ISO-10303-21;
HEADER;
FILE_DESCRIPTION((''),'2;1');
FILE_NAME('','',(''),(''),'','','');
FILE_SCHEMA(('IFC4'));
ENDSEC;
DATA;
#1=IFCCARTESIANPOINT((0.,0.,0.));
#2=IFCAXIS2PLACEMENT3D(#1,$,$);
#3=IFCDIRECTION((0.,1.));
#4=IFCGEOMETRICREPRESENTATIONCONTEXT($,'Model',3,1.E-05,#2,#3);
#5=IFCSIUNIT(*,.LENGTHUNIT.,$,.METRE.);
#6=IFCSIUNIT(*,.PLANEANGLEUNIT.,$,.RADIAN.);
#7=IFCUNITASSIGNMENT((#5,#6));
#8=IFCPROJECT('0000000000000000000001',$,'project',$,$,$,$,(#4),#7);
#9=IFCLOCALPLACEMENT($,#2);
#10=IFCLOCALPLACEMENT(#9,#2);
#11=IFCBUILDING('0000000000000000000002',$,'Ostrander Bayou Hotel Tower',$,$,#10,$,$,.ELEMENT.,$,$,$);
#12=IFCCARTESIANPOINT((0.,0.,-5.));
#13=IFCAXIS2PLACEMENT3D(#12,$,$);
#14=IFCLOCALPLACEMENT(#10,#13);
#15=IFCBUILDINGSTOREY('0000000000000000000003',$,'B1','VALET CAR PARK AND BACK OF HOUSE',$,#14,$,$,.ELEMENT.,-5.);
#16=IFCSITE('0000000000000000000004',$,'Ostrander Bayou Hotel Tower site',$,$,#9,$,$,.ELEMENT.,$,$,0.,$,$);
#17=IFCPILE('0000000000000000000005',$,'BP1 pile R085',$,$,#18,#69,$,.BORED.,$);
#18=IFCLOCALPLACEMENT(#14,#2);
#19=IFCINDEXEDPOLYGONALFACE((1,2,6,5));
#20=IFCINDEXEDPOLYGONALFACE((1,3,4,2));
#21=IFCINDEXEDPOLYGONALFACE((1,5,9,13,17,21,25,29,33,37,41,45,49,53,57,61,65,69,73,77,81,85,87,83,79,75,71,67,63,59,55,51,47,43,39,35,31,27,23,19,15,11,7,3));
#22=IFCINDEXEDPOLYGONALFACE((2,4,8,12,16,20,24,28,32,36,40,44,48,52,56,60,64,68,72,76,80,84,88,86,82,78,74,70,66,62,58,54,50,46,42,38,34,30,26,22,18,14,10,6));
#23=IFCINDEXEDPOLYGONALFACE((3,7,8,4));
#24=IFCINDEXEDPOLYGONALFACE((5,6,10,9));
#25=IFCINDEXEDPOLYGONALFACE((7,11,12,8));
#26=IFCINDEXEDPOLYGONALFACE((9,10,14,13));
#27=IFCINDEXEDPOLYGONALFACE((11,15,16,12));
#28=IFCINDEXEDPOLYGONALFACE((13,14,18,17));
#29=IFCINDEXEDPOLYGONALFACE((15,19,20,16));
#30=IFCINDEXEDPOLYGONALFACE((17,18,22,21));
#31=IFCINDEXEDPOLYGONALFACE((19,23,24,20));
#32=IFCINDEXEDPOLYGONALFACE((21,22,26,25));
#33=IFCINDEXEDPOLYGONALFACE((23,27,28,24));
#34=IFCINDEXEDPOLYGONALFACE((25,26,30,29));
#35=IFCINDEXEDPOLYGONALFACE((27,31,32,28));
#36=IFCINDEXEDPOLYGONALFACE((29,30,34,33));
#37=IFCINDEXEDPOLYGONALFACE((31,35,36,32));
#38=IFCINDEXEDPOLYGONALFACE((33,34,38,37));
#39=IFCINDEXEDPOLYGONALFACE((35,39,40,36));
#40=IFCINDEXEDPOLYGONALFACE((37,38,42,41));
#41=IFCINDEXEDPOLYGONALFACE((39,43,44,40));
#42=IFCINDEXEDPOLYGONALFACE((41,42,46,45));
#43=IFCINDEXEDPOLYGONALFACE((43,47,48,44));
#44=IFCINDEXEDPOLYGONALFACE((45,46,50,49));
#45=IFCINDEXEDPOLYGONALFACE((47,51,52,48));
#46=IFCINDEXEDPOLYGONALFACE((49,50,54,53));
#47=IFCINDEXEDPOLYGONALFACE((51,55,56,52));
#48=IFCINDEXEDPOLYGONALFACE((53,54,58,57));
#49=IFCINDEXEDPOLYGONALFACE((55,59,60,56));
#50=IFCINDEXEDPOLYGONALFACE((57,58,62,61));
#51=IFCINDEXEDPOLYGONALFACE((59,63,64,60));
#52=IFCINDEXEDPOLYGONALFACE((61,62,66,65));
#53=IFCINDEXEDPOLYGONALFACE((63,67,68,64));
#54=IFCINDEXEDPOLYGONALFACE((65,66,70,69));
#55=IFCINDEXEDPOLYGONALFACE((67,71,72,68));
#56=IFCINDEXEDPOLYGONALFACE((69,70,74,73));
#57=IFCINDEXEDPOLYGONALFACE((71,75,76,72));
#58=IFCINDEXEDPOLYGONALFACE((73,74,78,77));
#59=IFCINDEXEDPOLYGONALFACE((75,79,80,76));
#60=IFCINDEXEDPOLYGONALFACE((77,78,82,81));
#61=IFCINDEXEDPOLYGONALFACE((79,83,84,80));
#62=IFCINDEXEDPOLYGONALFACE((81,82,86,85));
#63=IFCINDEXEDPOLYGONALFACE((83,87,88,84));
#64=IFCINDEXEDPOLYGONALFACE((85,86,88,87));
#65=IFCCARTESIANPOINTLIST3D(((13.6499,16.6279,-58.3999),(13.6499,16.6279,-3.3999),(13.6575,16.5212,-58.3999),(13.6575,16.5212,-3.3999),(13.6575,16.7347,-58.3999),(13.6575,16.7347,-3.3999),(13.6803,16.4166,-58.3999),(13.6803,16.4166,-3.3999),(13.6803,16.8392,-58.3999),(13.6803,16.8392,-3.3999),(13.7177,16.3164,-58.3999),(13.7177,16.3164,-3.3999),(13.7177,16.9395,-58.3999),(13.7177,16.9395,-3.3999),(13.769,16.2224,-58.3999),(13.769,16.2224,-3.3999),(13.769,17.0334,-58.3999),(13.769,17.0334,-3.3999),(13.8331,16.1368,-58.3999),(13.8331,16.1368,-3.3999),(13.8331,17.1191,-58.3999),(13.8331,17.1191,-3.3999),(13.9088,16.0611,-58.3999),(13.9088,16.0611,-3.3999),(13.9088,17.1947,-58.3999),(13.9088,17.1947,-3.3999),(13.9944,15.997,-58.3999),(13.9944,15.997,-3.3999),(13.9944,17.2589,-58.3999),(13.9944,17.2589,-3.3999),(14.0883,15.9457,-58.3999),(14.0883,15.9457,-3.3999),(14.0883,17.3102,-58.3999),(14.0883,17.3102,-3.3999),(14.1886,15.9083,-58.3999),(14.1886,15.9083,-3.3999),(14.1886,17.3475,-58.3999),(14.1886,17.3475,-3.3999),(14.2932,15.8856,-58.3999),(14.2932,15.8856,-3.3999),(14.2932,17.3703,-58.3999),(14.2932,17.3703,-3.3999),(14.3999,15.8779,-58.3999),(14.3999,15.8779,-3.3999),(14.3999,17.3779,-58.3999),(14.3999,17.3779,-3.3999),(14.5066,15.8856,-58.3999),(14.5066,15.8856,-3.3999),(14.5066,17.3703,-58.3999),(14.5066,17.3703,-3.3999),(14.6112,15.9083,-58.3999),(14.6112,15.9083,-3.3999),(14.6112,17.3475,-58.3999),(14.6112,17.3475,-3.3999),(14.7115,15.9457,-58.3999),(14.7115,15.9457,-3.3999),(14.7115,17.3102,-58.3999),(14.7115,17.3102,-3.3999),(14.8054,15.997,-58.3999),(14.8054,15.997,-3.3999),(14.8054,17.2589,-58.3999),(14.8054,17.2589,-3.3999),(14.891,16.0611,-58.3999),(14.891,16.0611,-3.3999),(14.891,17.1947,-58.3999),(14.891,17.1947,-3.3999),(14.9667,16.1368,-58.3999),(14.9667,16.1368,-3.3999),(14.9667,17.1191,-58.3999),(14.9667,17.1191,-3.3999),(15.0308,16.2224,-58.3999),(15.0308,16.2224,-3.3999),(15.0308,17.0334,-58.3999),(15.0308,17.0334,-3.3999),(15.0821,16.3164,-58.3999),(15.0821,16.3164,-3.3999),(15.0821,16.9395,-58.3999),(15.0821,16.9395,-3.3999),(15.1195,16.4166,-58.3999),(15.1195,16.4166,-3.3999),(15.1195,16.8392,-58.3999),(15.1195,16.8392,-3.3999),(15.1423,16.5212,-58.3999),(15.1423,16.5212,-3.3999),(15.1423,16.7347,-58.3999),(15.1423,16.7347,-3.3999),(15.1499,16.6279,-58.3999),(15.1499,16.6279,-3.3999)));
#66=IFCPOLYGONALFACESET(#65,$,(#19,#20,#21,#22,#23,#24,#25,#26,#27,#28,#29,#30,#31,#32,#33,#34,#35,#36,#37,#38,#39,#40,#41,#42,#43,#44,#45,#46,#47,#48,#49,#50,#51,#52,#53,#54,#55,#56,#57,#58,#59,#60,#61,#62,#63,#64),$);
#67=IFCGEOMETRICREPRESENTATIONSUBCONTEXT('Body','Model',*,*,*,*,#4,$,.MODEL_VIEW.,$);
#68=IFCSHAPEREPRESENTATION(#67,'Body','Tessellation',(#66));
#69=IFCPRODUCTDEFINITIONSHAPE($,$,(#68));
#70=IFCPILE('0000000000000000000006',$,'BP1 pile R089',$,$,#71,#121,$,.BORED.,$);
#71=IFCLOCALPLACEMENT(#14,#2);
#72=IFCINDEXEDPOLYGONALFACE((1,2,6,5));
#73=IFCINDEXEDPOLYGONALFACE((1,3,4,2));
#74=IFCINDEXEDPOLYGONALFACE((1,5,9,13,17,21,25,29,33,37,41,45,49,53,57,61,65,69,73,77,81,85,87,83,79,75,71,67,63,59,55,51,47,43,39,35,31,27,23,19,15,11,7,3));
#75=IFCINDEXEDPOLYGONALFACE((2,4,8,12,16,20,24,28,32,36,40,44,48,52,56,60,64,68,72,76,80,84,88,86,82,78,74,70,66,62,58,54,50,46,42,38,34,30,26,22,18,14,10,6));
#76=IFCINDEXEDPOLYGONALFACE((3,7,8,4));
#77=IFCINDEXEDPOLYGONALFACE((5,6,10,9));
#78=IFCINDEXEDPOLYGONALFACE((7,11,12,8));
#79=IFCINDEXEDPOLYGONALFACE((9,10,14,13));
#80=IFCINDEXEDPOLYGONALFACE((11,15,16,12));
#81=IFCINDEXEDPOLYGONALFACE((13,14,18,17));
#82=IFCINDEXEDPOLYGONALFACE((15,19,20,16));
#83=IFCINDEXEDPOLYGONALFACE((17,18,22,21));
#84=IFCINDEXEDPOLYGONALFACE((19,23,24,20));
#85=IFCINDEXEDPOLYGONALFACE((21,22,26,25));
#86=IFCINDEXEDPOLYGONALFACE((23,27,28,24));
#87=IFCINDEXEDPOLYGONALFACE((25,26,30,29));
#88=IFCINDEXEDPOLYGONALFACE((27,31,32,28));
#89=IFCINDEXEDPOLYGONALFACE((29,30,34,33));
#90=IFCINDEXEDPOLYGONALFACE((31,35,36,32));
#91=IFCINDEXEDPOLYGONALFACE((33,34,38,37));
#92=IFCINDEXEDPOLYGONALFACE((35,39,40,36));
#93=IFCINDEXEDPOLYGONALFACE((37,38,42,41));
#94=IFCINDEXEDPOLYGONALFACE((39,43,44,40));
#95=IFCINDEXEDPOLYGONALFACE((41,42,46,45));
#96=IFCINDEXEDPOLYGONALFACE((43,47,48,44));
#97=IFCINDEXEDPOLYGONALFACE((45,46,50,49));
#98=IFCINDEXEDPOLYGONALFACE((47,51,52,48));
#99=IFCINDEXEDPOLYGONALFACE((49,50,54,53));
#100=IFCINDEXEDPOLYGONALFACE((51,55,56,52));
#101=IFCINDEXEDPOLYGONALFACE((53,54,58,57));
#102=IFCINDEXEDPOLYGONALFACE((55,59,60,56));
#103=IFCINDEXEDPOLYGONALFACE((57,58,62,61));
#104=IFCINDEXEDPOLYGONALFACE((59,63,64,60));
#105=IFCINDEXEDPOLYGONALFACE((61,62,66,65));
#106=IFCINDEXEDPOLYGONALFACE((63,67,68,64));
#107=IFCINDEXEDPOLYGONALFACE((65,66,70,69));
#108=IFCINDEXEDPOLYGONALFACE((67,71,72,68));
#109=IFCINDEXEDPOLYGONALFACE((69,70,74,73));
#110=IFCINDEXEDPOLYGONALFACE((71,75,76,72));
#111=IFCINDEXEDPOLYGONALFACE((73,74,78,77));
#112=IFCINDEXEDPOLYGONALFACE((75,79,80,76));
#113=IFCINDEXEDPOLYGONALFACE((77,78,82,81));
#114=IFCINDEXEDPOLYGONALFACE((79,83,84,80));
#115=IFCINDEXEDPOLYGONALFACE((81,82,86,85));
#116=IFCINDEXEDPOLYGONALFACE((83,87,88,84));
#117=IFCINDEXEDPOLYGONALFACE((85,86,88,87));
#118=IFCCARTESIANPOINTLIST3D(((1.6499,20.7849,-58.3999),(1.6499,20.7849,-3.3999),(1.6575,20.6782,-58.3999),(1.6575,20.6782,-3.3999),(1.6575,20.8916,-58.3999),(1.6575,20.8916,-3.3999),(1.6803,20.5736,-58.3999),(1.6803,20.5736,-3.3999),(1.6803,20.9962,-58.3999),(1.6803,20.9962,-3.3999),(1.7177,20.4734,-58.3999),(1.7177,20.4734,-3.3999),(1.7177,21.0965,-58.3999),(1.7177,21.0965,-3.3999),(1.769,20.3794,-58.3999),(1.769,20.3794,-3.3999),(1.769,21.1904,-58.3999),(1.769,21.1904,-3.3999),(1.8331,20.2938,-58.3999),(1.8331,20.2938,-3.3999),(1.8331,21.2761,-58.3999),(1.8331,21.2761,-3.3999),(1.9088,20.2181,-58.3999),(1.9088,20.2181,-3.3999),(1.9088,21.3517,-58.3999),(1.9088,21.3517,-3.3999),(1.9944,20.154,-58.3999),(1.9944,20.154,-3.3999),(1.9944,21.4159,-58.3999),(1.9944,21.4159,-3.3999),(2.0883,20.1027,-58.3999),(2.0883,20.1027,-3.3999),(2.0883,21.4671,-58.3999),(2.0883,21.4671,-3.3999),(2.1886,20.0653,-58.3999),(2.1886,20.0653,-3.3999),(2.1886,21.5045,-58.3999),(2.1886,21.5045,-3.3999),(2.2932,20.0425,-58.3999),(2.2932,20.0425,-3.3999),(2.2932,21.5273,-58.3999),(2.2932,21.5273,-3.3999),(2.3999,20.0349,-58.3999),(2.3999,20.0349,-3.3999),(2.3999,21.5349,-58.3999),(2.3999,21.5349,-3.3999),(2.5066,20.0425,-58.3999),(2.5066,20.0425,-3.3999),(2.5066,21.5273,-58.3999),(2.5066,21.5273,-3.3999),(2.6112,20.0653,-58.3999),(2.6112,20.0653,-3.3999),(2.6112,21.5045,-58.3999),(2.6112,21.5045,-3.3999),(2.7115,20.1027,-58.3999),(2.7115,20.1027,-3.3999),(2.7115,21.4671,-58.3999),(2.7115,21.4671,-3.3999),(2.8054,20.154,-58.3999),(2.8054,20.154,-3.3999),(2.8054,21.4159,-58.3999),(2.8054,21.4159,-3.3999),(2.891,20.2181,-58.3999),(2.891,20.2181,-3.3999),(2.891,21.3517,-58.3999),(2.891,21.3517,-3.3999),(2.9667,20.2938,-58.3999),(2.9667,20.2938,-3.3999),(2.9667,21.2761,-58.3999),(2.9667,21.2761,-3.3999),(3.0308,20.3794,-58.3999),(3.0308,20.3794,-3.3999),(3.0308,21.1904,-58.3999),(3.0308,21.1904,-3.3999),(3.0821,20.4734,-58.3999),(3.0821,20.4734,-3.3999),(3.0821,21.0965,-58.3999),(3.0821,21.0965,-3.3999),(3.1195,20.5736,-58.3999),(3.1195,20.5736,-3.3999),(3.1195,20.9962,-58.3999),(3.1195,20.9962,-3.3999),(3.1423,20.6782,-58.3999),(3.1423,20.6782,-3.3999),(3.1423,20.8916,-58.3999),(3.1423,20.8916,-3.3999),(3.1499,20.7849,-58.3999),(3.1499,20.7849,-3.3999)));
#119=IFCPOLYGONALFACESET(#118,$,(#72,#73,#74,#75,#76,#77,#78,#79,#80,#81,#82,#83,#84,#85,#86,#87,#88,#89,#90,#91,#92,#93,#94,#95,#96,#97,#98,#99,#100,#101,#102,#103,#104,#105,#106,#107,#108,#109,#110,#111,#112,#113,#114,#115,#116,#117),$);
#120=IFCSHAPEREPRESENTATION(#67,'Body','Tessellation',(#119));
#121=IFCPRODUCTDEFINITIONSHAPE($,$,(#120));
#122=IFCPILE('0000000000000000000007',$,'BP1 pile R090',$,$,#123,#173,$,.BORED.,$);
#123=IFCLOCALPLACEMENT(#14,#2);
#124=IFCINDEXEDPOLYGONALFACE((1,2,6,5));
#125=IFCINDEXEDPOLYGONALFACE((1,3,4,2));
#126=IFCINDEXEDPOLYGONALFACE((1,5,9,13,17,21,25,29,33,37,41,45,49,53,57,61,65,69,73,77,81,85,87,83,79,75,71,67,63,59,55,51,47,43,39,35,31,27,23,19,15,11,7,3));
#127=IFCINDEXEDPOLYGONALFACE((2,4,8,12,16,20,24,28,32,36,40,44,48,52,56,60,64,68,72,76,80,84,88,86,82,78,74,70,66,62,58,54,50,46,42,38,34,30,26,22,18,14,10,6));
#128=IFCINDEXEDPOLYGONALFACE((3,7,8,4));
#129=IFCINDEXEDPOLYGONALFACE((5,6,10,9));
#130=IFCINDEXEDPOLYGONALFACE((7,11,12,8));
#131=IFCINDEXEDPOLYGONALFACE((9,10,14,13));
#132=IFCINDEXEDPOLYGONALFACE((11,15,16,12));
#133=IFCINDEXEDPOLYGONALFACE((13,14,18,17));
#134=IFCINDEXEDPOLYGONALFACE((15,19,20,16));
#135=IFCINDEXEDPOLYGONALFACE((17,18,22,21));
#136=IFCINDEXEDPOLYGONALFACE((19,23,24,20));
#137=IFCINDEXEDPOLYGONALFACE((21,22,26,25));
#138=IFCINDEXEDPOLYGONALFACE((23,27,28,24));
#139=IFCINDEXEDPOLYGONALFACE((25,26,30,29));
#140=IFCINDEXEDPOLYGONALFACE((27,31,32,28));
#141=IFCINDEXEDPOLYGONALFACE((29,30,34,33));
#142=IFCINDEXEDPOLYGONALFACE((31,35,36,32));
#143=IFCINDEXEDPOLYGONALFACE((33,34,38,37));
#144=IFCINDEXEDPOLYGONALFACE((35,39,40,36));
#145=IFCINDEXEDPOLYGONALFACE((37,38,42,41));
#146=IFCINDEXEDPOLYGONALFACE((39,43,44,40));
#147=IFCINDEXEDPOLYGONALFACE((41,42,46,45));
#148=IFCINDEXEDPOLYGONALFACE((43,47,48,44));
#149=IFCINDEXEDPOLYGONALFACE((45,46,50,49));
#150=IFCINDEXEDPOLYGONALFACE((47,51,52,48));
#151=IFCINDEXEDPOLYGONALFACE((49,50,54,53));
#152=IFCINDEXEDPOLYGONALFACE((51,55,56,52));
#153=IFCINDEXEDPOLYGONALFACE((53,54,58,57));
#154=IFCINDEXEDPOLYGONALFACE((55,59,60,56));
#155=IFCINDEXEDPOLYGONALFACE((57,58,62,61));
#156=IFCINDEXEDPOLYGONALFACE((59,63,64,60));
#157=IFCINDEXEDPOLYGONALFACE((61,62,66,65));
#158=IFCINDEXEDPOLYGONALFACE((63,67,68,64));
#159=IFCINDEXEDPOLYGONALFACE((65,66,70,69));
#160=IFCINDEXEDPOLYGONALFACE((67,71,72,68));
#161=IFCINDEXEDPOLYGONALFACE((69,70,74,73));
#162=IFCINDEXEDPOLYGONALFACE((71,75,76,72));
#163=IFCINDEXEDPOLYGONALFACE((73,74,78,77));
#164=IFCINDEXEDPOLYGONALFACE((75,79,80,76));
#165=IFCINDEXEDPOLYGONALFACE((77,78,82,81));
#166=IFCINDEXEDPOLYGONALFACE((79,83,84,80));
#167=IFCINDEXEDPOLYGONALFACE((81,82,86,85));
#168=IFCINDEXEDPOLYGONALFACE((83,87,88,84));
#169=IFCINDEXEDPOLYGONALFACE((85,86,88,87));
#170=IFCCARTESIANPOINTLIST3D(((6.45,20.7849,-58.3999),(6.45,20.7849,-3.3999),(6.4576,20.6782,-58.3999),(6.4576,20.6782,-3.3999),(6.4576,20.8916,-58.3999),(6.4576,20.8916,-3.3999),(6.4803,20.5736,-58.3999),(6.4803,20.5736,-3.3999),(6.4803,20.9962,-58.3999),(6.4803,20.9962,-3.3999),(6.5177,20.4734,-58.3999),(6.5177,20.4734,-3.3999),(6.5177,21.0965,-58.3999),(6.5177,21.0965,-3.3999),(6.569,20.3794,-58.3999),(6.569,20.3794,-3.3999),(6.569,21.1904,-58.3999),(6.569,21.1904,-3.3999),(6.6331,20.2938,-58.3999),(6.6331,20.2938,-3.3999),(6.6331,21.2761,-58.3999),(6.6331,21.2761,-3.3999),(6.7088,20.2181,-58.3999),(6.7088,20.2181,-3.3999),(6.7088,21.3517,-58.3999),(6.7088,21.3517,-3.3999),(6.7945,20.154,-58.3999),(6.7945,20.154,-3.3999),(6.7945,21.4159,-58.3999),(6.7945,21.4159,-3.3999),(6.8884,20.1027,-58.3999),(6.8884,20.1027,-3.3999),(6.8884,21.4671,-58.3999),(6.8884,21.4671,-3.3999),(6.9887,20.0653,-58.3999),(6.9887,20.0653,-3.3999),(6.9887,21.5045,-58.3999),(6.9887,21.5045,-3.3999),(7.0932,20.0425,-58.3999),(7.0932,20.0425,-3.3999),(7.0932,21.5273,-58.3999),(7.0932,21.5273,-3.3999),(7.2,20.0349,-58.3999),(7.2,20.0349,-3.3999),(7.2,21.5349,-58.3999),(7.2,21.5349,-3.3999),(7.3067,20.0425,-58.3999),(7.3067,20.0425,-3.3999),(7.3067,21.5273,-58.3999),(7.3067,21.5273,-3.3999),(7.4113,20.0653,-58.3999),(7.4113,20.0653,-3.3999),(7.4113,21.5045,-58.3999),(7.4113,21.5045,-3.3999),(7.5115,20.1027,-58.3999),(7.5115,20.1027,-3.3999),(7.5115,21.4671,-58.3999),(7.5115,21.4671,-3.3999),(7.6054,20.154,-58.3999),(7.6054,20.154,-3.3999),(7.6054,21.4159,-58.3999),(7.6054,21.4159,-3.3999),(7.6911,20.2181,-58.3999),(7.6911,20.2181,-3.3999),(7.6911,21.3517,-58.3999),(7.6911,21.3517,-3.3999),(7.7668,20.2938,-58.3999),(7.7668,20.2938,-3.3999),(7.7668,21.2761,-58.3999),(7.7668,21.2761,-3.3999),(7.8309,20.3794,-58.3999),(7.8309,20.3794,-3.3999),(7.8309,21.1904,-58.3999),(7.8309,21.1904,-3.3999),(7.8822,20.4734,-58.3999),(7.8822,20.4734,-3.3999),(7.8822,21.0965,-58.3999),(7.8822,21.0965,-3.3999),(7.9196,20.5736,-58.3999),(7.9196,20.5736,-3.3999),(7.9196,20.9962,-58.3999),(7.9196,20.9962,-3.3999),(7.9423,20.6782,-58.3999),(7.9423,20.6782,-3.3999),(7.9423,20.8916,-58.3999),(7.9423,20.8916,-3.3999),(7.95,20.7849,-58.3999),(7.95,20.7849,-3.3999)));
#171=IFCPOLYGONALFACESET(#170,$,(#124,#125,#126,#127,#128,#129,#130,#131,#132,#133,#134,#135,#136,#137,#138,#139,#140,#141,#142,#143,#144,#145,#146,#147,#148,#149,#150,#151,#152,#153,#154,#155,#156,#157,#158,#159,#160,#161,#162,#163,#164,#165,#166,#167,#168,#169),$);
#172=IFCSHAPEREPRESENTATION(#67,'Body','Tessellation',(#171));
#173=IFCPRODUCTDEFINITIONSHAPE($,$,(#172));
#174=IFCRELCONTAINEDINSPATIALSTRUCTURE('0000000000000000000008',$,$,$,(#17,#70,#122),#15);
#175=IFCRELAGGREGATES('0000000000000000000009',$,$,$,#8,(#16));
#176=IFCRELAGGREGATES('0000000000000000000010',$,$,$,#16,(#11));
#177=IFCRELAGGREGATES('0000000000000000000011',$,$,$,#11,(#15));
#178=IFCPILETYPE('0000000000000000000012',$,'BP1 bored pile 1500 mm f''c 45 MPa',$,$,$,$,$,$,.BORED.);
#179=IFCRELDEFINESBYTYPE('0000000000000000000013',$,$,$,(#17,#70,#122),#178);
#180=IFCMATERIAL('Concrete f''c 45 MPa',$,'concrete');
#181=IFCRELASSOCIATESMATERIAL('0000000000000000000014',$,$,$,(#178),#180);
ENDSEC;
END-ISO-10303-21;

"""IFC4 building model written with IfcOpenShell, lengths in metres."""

from ifc_helpers import new_model, si_unit, direction, frame, origin, origin_2d, place, context, subcontext, project, spatial, circle, extrude, material, material_profile, profile_set, type_object, element, save


model = new_model("IFC4")

# Units and contexts
model_context = context("Model", 3, precision=1e-05, world=origin(), true_north=direction((0.0, 1.0)))
body_context = subcontext(model_context, "Body", "Model", "MODEL_VIEW")
ifc_project = project(units=[si_unit("LENGTHUNIT", "METRE"), si_unit("PLANEANGLEUNIT", "RADIAN")], contexts=[model_context])

# Site, building, storey
site_placement = place(None, origin())
site = spatial("IfcSite", under=ifc_project, at=site_placement, Name="Ostrander Bayou Hotel Tower site", CompositionType="ELEMENT", RefElevation=0.0)
building_placement = place(site_placement, origin())
building = spatial("IfcBuilding", under=site, at=building_placement, Name="Ostrander Bayou Hotel Tower", CompositionType="ELEMENT")
storey_placement = place(building_placement, frame((0.0, 0.0, -5.0)))
storey = spatial("IfcBuildingStorey", under=building, at=storey_placement, Name="B1", Description="VALET CAR PARK AND BACK OF HOUSE", CompositionType="ELEMENT", Elevation=-5.0)

# Piles
ifc_material_1 = material(Name="Concrete f'c 45 MPa", Category="concrete")
ifc_material_profile_1 = material_profile(ifc_material_1, circle(Radius=0.75, at=origin_2d()))
ifc_profile_set_1 = profile_set([ifc_material_profile_1], Name="Concrete f'c 45 MPa")
pile_type_1 = type_object("IfcPileType", Name="BP1 bored pile 1500 mm f'c 45 MPa", PredefinedType="BORED", material=ifc_profile_set_1)
for number, where, z_axis, x_axis, name in (
    (1, (14.3999, 16.6279, -3.3999), (0.0, 0.0, -1.0), (1.0, 0.0, 0.0), "BP1 pile R085"),
    (2, (2.3999, 20.7849, -3.3999), (0.0, 0.0, -1.0), (1.0, 0.0, 0.0), "BP1 pile R089"),
    (3, (7.2, 20.7849, -3.3999), (0.0, 0.0, -1.0), (1.0, 0.0, 0.0), "BP1 pile R090"),
):
    element("IfcPile", number, at=place(storey_placement, frame(where, z_axis=z_axis, x_axis=x_axis)), inside=storey, type_object=pile_type_1, Name=name, PredefinedType="BORED", context=body_context, shape_type="SweptSolid", body=[
        extrude(circle(Radius=0.75, at=origin_2d()), origin(), (0.0, 0.0, 1.0), 55.0),
    ])

save(model, "model.ifc")
